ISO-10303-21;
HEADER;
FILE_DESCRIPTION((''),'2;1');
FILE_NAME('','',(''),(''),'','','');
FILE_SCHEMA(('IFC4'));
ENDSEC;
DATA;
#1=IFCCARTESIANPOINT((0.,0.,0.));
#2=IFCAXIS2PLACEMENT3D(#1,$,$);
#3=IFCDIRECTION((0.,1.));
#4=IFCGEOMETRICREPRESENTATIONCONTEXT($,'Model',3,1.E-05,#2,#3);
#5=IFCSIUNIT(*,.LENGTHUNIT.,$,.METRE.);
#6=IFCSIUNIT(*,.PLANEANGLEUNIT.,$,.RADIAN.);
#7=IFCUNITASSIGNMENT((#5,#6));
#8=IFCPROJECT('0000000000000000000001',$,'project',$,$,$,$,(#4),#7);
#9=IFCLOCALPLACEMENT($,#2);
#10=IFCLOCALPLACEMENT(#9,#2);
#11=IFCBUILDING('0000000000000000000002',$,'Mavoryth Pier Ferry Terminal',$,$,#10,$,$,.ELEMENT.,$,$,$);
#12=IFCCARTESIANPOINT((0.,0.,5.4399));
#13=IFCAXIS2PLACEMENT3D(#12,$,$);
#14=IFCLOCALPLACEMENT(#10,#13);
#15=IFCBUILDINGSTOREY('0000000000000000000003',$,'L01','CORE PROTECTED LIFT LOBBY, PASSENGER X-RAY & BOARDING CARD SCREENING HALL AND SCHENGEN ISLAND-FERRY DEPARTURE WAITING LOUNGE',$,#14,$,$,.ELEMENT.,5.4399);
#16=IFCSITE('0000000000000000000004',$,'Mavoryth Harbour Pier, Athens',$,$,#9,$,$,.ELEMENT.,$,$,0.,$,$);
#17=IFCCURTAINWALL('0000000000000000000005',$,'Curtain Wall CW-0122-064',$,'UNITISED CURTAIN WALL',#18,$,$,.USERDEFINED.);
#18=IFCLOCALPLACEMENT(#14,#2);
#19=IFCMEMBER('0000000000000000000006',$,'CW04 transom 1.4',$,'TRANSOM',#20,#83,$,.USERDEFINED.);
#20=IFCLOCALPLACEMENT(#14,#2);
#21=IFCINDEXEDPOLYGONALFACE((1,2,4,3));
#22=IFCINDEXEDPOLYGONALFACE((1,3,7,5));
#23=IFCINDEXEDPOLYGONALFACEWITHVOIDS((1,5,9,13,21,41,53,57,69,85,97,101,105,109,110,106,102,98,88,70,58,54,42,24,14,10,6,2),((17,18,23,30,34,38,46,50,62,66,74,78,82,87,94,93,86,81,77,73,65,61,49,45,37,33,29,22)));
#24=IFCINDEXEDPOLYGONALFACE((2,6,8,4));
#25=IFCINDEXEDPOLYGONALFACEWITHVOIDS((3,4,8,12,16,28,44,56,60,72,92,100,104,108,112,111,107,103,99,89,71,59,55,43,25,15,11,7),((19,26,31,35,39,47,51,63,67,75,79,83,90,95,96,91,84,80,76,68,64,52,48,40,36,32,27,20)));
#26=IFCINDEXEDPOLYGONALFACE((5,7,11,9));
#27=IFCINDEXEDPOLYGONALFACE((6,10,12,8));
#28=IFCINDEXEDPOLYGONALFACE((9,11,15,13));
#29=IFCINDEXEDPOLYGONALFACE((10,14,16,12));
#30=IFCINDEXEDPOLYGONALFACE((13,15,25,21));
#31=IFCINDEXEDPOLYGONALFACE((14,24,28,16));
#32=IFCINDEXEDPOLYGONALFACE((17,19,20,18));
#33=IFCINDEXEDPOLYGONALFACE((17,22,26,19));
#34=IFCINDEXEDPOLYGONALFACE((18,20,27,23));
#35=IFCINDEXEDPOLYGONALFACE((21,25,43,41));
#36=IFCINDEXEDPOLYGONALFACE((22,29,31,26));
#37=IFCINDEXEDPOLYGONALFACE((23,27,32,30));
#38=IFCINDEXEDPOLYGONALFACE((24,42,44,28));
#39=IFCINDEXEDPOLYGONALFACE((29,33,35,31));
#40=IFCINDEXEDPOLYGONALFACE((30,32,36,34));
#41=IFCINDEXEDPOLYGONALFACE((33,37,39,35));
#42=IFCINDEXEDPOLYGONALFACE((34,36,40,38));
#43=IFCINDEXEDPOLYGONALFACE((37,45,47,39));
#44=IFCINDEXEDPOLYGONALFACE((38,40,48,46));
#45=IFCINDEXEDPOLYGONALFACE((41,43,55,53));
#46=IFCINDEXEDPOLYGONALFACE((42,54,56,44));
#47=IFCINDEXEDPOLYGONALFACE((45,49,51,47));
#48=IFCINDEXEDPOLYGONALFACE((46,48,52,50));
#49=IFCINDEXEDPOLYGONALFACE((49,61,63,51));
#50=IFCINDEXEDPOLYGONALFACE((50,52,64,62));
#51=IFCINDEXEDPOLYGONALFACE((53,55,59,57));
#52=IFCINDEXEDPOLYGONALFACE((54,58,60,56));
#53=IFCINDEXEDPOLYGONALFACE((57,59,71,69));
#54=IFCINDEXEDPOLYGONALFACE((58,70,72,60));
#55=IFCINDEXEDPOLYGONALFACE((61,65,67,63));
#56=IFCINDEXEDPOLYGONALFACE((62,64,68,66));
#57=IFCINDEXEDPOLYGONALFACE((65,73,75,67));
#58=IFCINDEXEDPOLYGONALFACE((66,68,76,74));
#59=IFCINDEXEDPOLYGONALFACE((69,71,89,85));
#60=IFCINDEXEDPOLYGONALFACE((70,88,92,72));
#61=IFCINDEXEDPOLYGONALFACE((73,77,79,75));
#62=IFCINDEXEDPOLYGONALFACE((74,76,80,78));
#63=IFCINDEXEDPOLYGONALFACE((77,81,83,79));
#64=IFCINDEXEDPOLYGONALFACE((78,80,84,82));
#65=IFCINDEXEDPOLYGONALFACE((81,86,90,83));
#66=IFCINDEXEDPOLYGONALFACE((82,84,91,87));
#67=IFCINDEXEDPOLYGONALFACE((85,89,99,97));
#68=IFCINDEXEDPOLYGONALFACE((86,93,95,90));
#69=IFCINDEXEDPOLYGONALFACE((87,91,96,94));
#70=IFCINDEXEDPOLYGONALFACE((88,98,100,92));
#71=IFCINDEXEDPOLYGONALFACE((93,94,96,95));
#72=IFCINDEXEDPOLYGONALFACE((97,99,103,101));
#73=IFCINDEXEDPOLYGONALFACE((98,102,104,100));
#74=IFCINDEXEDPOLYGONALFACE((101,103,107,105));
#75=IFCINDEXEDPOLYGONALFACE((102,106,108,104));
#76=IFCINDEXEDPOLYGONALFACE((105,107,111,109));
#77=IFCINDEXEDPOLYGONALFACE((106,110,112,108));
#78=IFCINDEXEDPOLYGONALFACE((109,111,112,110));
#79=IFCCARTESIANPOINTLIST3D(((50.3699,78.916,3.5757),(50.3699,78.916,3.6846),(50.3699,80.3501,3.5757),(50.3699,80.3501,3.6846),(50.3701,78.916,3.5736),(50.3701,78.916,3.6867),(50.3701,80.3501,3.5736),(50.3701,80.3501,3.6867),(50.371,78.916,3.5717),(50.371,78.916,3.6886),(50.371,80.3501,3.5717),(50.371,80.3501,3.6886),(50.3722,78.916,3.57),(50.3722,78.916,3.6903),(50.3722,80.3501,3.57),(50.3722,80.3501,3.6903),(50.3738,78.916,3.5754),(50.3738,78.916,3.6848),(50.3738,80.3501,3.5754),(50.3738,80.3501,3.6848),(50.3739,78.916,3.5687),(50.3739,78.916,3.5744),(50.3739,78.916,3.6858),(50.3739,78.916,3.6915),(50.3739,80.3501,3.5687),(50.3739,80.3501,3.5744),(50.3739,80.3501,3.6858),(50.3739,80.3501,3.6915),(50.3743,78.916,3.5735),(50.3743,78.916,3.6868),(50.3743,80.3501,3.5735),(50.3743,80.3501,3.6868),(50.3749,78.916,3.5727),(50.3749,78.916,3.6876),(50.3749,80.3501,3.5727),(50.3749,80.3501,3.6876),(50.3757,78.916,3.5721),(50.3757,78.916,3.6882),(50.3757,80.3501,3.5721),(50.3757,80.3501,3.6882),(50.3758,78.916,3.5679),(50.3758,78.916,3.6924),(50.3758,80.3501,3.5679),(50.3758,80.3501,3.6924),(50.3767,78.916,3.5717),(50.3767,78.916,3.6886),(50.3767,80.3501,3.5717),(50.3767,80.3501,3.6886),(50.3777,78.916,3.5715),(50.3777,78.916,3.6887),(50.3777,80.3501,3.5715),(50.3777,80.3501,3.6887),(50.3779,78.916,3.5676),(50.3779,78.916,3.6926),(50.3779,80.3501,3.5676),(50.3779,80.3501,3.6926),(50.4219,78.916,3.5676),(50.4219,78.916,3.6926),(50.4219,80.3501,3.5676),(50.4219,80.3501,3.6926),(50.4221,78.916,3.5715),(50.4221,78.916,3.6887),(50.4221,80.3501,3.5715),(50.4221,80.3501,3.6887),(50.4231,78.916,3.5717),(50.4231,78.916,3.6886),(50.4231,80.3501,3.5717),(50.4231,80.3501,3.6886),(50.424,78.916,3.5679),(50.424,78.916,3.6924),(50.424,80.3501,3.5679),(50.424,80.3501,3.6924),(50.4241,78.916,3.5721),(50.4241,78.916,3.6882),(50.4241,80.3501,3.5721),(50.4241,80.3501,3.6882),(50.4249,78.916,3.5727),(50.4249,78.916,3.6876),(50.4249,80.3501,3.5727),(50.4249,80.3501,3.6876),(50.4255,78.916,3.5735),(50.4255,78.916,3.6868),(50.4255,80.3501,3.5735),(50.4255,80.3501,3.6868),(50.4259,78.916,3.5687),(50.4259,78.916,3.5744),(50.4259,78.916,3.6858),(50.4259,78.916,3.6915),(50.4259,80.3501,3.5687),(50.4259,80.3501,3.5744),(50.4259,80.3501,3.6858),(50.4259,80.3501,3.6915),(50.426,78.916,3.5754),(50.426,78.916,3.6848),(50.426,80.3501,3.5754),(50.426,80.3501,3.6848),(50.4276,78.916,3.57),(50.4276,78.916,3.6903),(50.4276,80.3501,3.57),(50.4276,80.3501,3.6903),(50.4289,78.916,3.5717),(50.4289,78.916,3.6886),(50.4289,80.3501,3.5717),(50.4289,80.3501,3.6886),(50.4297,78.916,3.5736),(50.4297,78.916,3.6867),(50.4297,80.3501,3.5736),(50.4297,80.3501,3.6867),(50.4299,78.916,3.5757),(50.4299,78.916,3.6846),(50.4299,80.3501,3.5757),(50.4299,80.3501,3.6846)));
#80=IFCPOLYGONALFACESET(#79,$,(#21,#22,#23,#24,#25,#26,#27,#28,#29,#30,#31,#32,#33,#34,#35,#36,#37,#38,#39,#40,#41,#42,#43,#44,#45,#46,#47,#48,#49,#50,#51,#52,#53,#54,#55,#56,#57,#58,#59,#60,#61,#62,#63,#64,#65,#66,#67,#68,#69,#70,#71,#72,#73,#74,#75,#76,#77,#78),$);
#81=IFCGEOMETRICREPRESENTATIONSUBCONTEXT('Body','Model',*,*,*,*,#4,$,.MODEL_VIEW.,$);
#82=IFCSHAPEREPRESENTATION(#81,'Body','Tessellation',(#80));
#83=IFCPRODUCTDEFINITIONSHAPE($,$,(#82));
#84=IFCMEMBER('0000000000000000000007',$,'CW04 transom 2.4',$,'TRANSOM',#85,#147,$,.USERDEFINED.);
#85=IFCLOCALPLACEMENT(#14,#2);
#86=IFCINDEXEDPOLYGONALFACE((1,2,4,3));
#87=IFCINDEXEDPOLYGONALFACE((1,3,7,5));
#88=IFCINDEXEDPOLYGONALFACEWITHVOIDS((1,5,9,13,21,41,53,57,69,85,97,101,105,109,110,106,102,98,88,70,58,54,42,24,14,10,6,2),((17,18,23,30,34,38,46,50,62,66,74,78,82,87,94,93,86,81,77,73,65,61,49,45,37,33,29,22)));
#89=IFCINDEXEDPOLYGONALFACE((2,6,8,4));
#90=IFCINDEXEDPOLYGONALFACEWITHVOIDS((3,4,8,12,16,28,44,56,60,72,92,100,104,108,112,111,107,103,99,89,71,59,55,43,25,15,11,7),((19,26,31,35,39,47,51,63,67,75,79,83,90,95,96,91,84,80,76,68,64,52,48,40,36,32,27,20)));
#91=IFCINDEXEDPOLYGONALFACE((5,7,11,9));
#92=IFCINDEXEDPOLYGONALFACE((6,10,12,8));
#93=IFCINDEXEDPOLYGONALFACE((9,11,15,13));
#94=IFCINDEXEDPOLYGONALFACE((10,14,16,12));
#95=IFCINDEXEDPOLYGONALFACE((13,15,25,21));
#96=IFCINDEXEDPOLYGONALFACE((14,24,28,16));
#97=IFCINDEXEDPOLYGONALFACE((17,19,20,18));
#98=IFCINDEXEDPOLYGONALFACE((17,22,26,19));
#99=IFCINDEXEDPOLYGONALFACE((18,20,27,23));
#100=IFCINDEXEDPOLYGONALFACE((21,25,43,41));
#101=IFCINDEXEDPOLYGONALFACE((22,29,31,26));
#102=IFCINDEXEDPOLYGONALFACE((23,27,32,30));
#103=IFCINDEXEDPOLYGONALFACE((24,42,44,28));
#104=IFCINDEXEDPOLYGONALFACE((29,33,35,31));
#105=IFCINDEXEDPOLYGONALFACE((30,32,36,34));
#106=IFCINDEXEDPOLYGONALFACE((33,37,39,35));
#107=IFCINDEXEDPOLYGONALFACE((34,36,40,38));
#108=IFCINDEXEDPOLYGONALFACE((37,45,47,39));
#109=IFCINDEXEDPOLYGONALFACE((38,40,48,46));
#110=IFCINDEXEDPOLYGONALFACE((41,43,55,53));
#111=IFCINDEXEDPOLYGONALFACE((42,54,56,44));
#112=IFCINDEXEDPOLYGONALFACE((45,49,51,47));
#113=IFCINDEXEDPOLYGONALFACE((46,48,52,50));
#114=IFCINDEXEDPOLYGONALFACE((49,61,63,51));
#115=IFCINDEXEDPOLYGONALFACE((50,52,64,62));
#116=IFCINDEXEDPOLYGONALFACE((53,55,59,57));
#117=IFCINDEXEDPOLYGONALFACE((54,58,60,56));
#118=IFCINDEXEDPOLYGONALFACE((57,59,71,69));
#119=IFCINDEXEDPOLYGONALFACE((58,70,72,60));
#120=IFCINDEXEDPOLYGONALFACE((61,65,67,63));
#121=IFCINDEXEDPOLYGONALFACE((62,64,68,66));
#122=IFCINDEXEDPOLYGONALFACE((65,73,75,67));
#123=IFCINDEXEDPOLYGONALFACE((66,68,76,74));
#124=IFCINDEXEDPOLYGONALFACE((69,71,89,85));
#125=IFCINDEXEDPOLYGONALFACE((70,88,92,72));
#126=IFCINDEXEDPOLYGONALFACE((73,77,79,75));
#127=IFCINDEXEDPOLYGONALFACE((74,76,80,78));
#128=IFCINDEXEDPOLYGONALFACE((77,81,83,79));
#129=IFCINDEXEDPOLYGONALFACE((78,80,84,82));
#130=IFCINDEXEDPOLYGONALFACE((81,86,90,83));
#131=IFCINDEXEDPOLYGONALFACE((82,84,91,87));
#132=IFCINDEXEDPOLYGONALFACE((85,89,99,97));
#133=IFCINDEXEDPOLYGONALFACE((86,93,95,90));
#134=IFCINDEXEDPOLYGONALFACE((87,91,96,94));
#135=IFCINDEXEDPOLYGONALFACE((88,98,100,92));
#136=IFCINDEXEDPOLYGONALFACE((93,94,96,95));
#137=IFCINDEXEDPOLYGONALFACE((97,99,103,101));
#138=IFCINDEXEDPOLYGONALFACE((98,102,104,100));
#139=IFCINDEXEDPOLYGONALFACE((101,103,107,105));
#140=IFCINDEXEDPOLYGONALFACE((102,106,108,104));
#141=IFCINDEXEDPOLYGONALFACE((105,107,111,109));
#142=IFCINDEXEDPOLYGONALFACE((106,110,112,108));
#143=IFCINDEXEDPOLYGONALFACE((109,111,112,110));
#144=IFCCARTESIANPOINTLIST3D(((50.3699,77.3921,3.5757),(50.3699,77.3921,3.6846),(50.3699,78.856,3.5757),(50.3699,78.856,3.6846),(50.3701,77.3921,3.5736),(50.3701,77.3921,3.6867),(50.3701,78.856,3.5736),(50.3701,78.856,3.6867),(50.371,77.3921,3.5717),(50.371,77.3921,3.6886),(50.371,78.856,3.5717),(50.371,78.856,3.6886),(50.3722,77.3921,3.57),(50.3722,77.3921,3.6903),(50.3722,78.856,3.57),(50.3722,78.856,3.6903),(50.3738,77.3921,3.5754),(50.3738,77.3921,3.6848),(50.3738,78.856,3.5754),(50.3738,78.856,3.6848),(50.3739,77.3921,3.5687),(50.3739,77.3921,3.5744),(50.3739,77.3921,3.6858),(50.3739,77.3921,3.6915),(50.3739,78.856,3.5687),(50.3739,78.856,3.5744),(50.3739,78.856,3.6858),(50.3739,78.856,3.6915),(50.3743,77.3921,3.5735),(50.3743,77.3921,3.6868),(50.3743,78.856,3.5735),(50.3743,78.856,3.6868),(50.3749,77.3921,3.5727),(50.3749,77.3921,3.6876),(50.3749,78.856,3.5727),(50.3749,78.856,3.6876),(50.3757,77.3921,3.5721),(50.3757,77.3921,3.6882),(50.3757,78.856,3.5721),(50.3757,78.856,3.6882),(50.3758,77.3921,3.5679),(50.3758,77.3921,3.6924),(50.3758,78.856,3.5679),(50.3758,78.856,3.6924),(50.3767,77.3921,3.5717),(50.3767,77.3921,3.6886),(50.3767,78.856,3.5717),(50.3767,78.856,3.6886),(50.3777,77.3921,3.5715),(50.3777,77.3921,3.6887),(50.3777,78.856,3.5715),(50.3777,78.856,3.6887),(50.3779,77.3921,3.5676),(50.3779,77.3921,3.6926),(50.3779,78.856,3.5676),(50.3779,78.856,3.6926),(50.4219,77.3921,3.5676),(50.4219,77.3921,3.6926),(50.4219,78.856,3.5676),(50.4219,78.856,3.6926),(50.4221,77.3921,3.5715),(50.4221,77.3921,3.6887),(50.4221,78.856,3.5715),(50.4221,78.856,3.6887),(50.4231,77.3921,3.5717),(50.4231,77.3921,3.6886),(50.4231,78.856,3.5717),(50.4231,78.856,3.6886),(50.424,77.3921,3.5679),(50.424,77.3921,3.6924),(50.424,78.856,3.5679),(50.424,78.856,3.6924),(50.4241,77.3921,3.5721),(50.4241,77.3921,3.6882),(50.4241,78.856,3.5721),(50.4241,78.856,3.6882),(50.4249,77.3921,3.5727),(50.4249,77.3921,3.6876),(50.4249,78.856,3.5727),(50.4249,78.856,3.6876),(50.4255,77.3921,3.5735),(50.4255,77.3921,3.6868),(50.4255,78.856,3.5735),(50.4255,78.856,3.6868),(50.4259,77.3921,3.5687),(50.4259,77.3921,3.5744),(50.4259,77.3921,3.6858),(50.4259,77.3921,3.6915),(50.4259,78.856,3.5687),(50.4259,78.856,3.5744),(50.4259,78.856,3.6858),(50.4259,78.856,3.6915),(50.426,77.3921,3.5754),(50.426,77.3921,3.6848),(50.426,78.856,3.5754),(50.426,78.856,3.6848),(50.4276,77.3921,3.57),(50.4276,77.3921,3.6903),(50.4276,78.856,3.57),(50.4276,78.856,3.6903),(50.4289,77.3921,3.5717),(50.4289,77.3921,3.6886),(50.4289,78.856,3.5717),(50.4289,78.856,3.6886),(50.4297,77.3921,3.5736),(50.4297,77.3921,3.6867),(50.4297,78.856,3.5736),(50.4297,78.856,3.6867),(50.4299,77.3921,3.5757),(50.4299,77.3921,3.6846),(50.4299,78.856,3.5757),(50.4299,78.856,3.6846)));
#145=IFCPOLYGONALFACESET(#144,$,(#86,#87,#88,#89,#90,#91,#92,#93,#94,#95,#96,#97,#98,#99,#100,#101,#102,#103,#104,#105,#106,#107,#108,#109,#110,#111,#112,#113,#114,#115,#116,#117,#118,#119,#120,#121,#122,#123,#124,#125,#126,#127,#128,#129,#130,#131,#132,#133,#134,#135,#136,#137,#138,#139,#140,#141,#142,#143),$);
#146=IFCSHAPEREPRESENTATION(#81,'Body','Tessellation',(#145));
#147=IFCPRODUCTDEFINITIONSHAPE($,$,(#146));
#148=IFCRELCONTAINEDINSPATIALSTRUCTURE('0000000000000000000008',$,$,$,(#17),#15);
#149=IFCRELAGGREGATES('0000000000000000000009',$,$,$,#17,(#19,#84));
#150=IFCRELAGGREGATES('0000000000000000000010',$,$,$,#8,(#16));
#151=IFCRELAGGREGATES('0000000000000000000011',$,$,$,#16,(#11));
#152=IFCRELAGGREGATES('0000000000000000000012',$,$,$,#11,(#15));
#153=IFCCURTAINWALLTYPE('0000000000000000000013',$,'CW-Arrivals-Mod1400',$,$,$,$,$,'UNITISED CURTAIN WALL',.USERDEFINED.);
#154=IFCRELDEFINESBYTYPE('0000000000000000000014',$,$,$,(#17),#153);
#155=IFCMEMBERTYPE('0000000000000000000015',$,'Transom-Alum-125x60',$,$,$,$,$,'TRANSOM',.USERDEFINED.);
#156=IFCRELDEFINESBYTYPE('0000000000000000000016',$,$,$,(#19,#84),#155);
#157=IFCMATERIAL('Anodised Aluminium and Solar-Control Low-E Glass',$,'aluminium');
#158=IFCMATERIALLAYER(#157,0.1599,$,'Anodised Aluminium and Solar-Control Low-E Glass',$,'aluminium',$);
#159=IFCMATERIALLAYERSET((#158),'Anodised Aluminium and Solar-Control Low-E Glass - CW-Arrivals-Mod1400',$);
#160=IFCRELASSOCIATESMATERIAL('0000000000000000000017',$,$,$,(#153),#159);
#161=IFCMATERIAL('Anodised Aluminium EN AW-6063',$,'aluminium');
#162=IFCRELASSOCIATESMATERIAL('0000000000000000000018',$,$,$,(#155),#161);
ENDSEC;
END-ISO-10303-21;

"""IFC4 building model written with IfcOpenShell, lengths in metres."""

from ifc_helpers import new_model, si_unit, direction, frame, origin, origin_2d, place, context, subcontext, project, spatial, hollow_rectangle, extrude, material, layer, layer_set, material_profile, profile_set, type_object, element, aggregate, save


model = new_model("IFC4")

# Units and contexts
model_context = context("Model", 3, precision=1e-05, world=origin(), true_north=direction((0.0, 1.0)))
body_context = subcontext(model_context, "Body", "Model", "MODEL_VIEW")
ifc_project = project(units=[si_unit("LENGTHUNIT", "METRE"), si_unit("PLANEANGLEUNIT", "RADIAN")], contexts=[model_context])

# Site, building, storey
site_placement = place(None, origin())
site = spatial("IfcSite", under=ifc_project, at=site_placement, Name="Mavoryth Harbour Pier, Athens", CompositionType="ELEMENT", RefElevation=0.0)
building_placement = place(site_placement, origin())
building = spatial("IfcBuilding", under=site, at=building_placement, Name="Mavoryth Pier Ferry Terminal", CompositionType="ELEMENT")
storey_placement = place(building_placement, frame((0.0, 0.0, 5.4399)))
storey = spatial("IfcBuildingStorey", under=building, at=storey_placement, Name="L01", Description="CORE PROTECTED LIFT LOBBY, PASSENGER X-RAY & BOARDING CARD SCREENING HALL AND SCHENGEN ISLAND-FERRY DEPARTURE WAITING LOUNGE", CompositionType="ELEMENT", Elevation=5.4399)

# Curtain wall
ifc_material_1 = material(Name="Anodised Aluminium and Solar-Control Low-E Glass", Category="aluminium")
ifc_layer_1 = layer(ifc_material_1, 0.1599, Name="Anodised Aluminium and Solar-Control Low-E Glass", Category="aluminium")
ifc_layer_set_1 = layer_set([ifc_layer_1], Name="Anodised Aluminium and Solar-Control Low-E Glass - CW-Arrivals-Mod1400")
curtain_wall_type = type_object("IfcCurtainWallType", Name="CW-Arrivals-Mod1400", ElementType="UNITISED CURTAIN WALL", PredefinedType="USERDEFINED", material=ifc_layer_set_1)
curtain_wall_1_placement = place(storey_placement, origin())
curtain_wall_1 = element("IfcCurtainWall", 1, at=curtain_wall_1_placement, inside=storey, type_object=curtain_wall_type, Name="Curtain Wall CW-0122-064", ObjectType="UNITISED CURTAIN WALL", PredefinedType="USERDEFINED")
ifc_material_2 = material(Name="Anodised Aluminium EN AW-6063", Category="aluminium")

# Members
ifc_material_profile_1 = material_profile(ifc_material_2, hollow_rectangle(XDim=0.0601, YDim=0.125, WallThickness=0.0039, InnerFilletRadius=0.0039, OuterFilletRadius=0.0081, at=origin_2d()), Name="AL-TRAN 125x60x4", Category="aluminium")
ifc_profile_set_1 = profile_set([ifc_material_profile_1], Name="Anodised Aluminium EN AW-6063 - AL-TRAN 125x60x4")
member_type_1 = type_object("IfcMemberType", Name="Transom-Alum-125x60", ElementType="TRANSOM", PredefinedType="USERDEFINED", material=ifc_profile_set_1)
member_1_placement = place(storey_placement, frame((50.3999, 80.3501, 3.6301), z_axis=(0.0, -1.0, 0.0), x_axis=(1.0, 0.0, 0.0)))
member_1 = element("IfcMember", 2, at=member_1_placement, type_object=member_type_1, Name="CW04 transom 1.4", ObjectType="TRANSOM", PredefinedType="USERDEFINED", context=body_context, shape_type="SweptSolid", body=[
    extrude(hollow_rectangle(XDim=0.0601, YDim=0.125, WallThickness=0.0039, InnerFilletRadius=0.0039, OuterFilletRadius=0.0081, at=origin_2d()), origin(), (0.0, 0.0, 1.0), 1.4341),
])
member_2_placement = place(storey_placement, frame((50.3999, 78.856, 3.6301), z_axis=(0.0, -1.0, 0.0), x_axis=(1.0, 0.0, 0.0)))
member_2 = element("IfcMember", 3, at=member_2_placement, type_object=member_type_1, Name="CW04 transom 2.4", ObjectType="TRANSOM", PredefinedType="USERDEFINED", context=body_context, shape_type="SweptSolid", body=[
    extrude(hollow_rectangle(XDim=0.0601, YDim=0.125, WallThickness=0.0039, InnerFilletRadius=0.0039, OuterFilletRadius=0.0081, at=origin_2d()), origin(), (0.0, 0.0, 1.0), 1.4639),
])

aggregate(curtain_wall_1, [member_1, member_2])

save(model, "model.ifc")
